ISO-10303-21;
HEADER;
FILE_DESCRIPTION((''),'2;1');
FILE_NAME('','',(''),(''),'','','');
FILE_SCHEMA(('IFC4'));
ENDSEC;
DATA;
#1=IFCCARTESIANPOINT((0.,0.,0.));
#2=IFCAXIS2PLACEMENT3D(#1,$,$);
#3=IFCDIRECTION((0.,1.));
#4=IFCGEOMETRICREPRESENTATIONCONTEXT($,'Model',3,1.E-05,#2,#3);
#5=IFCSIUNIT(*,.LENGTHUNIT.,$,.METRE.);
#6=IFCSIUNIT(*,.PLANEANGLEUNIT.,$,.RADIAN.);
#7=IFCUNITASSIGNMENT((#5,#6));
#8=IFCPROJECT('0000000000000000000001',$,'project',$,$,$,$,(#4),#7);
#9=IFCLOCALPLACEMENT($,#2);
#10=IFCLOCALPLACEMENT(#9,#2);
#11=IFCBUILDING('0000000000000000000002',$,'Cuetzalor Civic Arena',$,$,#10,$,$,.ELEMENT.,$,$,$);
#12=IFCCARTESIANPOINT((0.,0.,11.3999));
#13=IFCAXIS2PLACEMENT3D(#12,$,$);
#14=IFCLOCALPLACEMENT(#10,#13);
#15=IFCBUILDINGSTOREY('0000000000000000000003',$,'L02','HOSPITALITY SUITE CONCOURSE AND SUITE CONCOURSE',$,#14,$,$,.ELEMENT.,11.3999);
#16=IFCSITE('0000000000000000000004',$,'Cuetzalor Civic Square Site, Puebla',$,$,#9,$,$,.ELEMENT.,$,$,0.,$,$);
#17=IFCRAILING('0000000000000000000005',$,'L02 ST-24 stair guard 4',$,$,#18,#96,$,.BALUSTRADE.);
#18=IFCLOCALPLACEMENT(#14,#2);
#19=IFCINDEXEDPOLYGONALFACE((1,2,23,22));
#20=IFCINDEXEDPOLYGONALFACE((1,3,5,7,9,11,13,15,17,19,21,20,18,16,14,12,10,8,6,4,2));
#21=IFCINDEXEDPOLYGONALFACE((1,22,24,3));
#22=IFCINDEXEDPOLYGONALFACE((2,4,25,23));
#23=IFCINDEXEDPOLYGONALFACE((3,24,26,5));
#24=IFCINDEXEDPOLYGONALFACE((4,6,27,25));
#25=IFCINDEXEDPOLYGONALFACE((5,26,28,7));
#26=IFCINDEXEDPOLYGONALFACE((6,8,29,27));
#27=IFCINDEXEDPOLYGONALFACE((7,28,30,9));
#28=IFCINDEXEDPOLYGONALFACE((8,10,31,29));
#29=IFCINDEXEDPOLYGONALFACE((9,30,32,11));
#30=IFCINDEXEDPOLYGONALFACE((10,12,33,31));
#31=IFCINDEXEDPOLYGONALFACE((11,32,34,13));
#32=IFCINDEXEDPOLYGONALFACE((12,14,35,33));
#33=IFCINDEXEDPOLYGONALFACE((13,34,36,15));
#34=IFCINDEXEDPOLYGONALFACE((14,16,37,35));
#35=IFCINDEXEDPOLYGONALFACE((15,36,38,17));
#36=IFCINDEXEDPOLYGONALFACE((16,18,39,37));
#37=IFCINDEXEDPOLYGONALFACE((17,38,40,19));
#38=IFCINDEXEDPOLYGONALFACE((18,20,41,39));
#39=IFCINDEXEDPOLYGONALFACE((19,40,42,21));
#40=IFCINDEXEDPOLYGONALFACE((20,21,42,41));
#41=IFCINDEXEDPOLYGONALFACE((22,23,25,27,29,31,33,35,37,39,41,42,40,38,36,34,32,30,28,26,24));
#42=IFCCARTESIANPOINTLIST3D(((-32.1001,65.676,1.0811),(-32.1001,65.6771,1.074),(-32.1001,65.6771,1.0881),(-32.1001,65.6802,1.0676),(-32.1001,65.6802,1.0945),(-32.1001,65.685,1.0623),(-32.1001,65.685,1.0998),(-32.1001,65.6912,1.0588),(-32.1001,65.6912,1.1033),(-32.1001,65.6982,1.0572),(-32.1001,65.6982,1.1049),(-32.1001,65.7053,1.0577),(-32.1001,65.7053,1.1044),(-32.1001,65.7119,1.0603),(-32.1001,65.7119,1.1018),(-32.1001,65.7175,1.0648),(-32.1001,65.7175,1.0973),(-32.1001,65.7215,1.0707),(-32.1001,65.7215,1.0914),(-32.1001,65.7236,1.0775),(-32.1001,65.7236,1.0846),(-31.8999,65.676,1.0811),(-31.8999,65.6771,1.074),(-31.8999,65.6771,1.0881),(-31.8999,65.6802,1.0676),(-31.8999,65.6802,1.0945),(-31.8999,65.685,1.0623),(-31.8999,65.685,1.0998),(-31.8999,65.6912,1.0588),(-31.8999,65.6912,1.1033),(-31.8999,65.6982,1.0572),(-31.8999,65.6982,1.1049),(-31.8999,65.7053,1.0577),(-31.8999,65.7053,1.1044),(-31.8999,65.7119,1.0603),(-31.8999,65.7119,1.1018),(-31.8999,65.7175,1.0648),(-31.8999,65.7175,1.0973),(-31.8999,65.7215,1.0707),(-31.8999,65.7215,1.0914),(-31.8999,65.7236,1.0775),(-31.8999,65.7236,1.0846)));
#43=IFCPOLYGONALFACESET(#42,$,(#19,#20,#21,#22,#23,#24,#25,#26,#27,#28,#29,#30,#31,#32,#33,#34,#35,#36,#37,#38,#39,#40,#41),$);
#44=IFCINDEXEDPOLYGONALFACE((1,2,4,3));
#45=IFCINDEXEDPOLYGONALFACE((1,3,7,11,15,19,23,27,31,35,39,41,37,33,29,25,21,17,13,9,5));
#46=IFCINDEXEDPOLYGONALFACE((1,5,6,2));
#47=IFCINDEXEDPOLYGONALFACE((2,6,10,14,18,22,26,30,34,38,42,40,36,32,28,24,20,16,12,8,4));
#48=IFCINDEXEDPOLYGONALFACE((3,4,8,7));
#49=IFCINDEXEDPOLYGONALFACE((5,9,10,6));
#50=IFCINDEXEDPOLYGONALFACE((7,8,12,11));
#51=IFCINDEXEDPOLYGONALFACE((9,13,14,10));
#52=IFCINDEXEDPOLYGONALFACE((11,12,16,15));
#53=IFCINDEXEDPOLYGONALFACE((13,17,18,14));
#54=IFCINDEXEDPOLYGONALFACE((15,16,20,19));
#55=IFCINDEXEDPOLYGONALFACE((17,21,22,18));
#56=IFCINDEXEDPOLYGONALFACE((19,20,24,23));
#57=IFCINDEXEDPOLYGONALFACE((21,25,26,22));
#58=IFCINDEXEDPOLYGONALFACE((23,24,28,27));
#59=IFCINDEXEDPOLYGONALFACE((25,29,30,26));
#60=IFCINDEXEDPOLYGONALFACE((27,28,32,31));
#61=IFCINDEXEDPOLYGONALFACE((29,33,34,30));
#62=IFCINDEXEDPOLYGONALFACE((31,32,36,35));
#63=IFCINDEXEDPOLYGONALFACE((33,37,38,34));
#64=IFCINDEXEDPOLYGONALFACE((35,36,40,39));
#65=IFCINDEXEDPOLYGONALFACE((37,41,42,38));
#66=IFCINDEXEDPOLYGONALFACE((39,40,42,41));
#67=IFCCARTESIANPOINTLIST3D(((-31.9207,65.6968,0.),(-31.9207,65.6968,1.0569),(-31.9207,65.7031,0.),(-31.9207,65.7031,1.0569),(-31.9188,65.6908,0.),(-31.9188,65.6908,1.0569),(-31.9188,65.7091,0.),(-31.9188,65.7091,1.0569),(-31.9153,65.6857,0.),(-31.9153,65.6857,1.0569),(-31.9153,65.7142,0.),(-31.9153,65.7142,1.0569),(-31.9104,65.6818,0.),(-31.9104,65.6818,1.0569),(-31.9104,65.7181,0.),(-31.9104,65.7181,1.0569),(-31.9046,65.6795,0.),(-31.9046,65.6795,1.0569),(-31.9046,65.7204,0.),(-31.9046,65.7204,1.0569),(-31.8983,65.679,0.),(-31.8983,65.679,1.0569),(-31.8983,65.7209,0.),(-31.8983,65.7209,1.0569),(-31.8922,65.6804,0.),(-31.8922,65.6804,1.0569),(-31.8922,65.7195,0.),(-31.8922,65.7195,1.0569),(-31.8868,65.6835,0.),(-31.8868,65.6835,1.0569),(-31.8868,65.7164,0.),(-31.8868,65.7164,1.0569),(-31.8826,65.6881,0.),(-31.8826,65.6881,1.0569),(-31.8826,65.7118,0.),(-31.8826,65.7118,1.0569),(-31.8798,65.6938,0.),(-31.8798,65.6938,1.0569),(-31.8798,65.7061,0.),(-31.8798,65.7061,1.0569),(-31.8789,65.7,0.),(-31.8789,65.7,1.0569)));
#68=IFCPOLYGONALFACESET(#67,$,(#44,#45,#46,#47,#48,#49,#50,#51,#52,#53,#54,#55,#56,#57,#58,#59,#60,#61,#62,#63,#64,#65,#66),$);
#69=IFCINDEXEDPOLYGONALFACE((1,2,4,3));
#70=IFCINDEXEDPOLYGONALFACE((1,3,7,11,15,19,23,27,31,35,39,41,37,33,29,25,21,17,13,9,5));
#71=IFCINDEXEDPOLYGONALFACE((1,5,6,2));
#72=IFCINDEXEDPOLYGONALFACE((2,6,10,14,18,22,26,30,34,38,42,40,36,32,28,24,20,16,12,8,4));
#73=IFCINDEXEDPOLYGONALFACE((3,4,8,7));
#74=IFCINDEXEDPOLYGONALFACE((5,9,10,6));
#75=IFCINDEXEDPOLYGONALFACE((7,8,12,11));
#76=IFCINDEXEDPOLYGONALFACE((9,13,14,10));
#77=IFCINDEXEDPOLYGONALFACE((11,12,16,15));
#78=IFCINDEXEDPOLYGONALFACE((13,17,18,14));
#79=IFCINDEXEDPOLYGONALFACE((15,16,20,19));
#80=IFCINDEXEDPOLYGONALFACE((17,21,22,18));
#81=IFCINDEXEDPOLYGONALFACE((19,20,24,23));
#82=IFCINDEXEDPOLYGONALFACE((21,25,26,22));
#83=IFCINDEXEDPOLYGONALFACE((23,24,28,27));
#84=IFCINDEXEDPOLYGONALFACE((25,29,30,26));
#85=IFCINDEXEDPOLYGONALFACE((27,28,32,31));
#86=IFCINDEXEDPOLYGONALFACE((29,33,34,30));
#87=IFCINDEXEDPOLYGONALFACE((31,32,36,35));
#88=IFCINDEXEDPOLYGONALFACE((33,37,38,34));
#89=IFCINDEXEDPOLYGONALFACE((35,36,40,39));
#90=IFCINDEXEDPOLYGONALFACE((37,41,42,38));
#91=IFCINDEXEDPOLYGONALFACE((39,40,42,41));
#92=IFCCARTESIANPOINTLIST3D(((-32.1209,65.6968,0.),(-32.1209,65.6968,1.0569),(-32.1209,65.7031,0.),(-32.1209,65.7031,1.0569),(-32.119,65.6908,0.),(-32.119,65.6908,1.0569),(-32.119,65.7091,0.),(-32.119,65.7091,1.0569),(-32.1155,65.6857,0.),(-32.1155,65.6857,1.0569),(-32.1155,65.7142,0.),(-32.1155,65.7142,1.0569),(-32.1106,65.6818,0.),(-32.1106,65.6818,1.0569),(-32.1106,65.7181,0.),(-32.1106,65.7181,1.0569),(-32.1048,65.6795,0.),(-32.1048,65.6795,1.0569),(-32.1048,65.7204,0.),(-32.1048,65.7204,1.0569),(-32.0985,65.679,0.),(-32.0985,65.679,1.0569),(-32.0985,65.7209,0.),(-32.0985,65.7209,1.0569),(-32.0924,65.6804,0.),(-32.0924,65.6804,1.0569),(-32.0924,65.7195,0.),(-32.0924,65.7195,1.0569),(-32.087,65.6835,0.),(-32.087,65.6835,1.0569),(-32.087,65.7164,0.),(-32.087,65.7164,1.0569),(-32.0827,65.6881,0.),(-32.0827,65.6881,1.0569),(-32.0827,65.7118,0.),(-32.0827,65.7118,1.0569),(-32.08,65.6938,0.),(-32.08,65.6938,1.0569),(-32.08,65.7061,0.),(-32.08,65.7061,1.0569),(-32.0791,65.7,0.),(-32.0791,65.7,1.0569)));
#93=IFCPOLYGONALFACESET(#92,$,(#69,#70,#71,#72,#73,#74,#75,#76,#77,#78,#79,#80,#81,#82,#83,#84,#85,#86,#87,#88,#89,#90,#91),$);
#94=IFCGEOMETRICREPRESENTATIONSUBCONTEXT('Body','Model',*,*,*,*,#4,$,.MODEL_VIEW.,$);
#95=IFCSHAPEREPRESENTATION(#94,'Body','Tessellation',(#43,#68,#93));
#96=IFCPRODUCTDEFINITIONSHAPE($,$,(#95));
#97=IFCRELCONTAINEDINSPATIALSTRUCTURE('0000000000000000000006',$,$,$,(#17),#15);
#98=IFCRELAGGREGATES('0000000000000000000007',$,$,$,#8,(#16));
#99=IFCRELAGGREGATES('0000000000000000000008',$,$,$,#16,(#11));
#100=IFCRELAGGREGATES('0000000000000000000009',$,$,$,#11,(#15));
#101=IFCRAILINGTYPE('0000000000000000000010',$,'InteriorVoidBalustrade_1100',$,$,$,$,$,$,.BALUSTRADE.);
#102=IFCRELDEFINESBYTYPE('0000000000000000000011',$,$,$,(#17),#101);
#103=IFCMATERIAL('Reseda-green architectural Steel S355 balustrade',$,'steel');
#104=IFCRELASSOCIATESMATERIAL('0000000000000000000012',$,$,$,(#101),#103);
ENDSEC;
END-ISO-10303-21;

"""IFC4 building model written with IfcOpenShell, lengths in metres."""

from ifc_helpers import new_model, si_unit, direction, frame, origin, origin_2d, place, context, subcontext, project, spatial, circle, extrude, material, type_object, element, save


model = new_model("IFC4")

# Units and contexts
model_context = context("Model", 3, precision=1e-05, world=origin(), true_north=direction((0.0, 1.0)))
body_context = subcontext(model_context, "Body", "Model", "MODEL_VIEW")
ifc_project = project(units=[si_unit("LENGTHUNIT", "METRE"), si_unit("PLANEANGLEUNIT", "RADIAN")], contexts=[model_context])

# Site, building, storey
site_placement = place(None, origin())
site = spatial("IfcSite", under=ifc_project, at=site_placement, Name="Cuetzalor Civic Square Site, Puebla", CompositionType="ELEMENT", RefElevation=0.0)
building_placement = place(site_placement, origin())
building = spatial("IfcBuilding", under=site, at=building_placement, Name="Cuetzalor Civic Arena", CompositionType="ELEMENT")
storey_placement = place(building_placement, frame((0.0, 0.0, 11.3999)))
storey = spatial("IfcBuildingStorey", under=building, at=storey_placement, Name="L02", Description="HOSPITALITY SUITE CONCOURSE AND SUITE CONCOURSE", CompositionType="ELEMENT", Elevation=11.3999)

# Railing
ifc_material_1 = material(Name="Reseda-green architectural Steel S355 balustrade", Category="steel")
railing_type = type_object("IfcRailingType", Name="InteriorVoidBalustrade_1100", PredefinedType="BALUSTRADE", material=ifc_material_1)
railing_1_placement = place(storey_placement, frame((-31.8999, 65.7, 0.0)))
element("IfcRailing", 1, at=railing_1_placement, inside=storey, type_object=railing_type, Name="L02 ST-24 stair guard 4", PredefinedType="BALUSTRADE", context=body_context, shape_type="SweptSolid", body=[
    extrude(circle(Radius=0.0239, at=origin_2d()), frame((0.0, 0.0, 1.0811), z_axis=(-1.0, 0.0, 0.0), x_axis=(0.0, -1.0, 0.0)), (0.0, 0.0, 1.0), 0.2002),
    extrude(circle(Radius=0.021, at=origin_2d()), origin(), (0.0, 0.0, 1.0), 1.0569),
    extrude(circle(Radius=0.021, at=origin_2d()), frame((-0.2002, 0.0, 0.0)), (0.0, 0.0, 1.0), 1.0569),
])

save(model, "model.ifc")
